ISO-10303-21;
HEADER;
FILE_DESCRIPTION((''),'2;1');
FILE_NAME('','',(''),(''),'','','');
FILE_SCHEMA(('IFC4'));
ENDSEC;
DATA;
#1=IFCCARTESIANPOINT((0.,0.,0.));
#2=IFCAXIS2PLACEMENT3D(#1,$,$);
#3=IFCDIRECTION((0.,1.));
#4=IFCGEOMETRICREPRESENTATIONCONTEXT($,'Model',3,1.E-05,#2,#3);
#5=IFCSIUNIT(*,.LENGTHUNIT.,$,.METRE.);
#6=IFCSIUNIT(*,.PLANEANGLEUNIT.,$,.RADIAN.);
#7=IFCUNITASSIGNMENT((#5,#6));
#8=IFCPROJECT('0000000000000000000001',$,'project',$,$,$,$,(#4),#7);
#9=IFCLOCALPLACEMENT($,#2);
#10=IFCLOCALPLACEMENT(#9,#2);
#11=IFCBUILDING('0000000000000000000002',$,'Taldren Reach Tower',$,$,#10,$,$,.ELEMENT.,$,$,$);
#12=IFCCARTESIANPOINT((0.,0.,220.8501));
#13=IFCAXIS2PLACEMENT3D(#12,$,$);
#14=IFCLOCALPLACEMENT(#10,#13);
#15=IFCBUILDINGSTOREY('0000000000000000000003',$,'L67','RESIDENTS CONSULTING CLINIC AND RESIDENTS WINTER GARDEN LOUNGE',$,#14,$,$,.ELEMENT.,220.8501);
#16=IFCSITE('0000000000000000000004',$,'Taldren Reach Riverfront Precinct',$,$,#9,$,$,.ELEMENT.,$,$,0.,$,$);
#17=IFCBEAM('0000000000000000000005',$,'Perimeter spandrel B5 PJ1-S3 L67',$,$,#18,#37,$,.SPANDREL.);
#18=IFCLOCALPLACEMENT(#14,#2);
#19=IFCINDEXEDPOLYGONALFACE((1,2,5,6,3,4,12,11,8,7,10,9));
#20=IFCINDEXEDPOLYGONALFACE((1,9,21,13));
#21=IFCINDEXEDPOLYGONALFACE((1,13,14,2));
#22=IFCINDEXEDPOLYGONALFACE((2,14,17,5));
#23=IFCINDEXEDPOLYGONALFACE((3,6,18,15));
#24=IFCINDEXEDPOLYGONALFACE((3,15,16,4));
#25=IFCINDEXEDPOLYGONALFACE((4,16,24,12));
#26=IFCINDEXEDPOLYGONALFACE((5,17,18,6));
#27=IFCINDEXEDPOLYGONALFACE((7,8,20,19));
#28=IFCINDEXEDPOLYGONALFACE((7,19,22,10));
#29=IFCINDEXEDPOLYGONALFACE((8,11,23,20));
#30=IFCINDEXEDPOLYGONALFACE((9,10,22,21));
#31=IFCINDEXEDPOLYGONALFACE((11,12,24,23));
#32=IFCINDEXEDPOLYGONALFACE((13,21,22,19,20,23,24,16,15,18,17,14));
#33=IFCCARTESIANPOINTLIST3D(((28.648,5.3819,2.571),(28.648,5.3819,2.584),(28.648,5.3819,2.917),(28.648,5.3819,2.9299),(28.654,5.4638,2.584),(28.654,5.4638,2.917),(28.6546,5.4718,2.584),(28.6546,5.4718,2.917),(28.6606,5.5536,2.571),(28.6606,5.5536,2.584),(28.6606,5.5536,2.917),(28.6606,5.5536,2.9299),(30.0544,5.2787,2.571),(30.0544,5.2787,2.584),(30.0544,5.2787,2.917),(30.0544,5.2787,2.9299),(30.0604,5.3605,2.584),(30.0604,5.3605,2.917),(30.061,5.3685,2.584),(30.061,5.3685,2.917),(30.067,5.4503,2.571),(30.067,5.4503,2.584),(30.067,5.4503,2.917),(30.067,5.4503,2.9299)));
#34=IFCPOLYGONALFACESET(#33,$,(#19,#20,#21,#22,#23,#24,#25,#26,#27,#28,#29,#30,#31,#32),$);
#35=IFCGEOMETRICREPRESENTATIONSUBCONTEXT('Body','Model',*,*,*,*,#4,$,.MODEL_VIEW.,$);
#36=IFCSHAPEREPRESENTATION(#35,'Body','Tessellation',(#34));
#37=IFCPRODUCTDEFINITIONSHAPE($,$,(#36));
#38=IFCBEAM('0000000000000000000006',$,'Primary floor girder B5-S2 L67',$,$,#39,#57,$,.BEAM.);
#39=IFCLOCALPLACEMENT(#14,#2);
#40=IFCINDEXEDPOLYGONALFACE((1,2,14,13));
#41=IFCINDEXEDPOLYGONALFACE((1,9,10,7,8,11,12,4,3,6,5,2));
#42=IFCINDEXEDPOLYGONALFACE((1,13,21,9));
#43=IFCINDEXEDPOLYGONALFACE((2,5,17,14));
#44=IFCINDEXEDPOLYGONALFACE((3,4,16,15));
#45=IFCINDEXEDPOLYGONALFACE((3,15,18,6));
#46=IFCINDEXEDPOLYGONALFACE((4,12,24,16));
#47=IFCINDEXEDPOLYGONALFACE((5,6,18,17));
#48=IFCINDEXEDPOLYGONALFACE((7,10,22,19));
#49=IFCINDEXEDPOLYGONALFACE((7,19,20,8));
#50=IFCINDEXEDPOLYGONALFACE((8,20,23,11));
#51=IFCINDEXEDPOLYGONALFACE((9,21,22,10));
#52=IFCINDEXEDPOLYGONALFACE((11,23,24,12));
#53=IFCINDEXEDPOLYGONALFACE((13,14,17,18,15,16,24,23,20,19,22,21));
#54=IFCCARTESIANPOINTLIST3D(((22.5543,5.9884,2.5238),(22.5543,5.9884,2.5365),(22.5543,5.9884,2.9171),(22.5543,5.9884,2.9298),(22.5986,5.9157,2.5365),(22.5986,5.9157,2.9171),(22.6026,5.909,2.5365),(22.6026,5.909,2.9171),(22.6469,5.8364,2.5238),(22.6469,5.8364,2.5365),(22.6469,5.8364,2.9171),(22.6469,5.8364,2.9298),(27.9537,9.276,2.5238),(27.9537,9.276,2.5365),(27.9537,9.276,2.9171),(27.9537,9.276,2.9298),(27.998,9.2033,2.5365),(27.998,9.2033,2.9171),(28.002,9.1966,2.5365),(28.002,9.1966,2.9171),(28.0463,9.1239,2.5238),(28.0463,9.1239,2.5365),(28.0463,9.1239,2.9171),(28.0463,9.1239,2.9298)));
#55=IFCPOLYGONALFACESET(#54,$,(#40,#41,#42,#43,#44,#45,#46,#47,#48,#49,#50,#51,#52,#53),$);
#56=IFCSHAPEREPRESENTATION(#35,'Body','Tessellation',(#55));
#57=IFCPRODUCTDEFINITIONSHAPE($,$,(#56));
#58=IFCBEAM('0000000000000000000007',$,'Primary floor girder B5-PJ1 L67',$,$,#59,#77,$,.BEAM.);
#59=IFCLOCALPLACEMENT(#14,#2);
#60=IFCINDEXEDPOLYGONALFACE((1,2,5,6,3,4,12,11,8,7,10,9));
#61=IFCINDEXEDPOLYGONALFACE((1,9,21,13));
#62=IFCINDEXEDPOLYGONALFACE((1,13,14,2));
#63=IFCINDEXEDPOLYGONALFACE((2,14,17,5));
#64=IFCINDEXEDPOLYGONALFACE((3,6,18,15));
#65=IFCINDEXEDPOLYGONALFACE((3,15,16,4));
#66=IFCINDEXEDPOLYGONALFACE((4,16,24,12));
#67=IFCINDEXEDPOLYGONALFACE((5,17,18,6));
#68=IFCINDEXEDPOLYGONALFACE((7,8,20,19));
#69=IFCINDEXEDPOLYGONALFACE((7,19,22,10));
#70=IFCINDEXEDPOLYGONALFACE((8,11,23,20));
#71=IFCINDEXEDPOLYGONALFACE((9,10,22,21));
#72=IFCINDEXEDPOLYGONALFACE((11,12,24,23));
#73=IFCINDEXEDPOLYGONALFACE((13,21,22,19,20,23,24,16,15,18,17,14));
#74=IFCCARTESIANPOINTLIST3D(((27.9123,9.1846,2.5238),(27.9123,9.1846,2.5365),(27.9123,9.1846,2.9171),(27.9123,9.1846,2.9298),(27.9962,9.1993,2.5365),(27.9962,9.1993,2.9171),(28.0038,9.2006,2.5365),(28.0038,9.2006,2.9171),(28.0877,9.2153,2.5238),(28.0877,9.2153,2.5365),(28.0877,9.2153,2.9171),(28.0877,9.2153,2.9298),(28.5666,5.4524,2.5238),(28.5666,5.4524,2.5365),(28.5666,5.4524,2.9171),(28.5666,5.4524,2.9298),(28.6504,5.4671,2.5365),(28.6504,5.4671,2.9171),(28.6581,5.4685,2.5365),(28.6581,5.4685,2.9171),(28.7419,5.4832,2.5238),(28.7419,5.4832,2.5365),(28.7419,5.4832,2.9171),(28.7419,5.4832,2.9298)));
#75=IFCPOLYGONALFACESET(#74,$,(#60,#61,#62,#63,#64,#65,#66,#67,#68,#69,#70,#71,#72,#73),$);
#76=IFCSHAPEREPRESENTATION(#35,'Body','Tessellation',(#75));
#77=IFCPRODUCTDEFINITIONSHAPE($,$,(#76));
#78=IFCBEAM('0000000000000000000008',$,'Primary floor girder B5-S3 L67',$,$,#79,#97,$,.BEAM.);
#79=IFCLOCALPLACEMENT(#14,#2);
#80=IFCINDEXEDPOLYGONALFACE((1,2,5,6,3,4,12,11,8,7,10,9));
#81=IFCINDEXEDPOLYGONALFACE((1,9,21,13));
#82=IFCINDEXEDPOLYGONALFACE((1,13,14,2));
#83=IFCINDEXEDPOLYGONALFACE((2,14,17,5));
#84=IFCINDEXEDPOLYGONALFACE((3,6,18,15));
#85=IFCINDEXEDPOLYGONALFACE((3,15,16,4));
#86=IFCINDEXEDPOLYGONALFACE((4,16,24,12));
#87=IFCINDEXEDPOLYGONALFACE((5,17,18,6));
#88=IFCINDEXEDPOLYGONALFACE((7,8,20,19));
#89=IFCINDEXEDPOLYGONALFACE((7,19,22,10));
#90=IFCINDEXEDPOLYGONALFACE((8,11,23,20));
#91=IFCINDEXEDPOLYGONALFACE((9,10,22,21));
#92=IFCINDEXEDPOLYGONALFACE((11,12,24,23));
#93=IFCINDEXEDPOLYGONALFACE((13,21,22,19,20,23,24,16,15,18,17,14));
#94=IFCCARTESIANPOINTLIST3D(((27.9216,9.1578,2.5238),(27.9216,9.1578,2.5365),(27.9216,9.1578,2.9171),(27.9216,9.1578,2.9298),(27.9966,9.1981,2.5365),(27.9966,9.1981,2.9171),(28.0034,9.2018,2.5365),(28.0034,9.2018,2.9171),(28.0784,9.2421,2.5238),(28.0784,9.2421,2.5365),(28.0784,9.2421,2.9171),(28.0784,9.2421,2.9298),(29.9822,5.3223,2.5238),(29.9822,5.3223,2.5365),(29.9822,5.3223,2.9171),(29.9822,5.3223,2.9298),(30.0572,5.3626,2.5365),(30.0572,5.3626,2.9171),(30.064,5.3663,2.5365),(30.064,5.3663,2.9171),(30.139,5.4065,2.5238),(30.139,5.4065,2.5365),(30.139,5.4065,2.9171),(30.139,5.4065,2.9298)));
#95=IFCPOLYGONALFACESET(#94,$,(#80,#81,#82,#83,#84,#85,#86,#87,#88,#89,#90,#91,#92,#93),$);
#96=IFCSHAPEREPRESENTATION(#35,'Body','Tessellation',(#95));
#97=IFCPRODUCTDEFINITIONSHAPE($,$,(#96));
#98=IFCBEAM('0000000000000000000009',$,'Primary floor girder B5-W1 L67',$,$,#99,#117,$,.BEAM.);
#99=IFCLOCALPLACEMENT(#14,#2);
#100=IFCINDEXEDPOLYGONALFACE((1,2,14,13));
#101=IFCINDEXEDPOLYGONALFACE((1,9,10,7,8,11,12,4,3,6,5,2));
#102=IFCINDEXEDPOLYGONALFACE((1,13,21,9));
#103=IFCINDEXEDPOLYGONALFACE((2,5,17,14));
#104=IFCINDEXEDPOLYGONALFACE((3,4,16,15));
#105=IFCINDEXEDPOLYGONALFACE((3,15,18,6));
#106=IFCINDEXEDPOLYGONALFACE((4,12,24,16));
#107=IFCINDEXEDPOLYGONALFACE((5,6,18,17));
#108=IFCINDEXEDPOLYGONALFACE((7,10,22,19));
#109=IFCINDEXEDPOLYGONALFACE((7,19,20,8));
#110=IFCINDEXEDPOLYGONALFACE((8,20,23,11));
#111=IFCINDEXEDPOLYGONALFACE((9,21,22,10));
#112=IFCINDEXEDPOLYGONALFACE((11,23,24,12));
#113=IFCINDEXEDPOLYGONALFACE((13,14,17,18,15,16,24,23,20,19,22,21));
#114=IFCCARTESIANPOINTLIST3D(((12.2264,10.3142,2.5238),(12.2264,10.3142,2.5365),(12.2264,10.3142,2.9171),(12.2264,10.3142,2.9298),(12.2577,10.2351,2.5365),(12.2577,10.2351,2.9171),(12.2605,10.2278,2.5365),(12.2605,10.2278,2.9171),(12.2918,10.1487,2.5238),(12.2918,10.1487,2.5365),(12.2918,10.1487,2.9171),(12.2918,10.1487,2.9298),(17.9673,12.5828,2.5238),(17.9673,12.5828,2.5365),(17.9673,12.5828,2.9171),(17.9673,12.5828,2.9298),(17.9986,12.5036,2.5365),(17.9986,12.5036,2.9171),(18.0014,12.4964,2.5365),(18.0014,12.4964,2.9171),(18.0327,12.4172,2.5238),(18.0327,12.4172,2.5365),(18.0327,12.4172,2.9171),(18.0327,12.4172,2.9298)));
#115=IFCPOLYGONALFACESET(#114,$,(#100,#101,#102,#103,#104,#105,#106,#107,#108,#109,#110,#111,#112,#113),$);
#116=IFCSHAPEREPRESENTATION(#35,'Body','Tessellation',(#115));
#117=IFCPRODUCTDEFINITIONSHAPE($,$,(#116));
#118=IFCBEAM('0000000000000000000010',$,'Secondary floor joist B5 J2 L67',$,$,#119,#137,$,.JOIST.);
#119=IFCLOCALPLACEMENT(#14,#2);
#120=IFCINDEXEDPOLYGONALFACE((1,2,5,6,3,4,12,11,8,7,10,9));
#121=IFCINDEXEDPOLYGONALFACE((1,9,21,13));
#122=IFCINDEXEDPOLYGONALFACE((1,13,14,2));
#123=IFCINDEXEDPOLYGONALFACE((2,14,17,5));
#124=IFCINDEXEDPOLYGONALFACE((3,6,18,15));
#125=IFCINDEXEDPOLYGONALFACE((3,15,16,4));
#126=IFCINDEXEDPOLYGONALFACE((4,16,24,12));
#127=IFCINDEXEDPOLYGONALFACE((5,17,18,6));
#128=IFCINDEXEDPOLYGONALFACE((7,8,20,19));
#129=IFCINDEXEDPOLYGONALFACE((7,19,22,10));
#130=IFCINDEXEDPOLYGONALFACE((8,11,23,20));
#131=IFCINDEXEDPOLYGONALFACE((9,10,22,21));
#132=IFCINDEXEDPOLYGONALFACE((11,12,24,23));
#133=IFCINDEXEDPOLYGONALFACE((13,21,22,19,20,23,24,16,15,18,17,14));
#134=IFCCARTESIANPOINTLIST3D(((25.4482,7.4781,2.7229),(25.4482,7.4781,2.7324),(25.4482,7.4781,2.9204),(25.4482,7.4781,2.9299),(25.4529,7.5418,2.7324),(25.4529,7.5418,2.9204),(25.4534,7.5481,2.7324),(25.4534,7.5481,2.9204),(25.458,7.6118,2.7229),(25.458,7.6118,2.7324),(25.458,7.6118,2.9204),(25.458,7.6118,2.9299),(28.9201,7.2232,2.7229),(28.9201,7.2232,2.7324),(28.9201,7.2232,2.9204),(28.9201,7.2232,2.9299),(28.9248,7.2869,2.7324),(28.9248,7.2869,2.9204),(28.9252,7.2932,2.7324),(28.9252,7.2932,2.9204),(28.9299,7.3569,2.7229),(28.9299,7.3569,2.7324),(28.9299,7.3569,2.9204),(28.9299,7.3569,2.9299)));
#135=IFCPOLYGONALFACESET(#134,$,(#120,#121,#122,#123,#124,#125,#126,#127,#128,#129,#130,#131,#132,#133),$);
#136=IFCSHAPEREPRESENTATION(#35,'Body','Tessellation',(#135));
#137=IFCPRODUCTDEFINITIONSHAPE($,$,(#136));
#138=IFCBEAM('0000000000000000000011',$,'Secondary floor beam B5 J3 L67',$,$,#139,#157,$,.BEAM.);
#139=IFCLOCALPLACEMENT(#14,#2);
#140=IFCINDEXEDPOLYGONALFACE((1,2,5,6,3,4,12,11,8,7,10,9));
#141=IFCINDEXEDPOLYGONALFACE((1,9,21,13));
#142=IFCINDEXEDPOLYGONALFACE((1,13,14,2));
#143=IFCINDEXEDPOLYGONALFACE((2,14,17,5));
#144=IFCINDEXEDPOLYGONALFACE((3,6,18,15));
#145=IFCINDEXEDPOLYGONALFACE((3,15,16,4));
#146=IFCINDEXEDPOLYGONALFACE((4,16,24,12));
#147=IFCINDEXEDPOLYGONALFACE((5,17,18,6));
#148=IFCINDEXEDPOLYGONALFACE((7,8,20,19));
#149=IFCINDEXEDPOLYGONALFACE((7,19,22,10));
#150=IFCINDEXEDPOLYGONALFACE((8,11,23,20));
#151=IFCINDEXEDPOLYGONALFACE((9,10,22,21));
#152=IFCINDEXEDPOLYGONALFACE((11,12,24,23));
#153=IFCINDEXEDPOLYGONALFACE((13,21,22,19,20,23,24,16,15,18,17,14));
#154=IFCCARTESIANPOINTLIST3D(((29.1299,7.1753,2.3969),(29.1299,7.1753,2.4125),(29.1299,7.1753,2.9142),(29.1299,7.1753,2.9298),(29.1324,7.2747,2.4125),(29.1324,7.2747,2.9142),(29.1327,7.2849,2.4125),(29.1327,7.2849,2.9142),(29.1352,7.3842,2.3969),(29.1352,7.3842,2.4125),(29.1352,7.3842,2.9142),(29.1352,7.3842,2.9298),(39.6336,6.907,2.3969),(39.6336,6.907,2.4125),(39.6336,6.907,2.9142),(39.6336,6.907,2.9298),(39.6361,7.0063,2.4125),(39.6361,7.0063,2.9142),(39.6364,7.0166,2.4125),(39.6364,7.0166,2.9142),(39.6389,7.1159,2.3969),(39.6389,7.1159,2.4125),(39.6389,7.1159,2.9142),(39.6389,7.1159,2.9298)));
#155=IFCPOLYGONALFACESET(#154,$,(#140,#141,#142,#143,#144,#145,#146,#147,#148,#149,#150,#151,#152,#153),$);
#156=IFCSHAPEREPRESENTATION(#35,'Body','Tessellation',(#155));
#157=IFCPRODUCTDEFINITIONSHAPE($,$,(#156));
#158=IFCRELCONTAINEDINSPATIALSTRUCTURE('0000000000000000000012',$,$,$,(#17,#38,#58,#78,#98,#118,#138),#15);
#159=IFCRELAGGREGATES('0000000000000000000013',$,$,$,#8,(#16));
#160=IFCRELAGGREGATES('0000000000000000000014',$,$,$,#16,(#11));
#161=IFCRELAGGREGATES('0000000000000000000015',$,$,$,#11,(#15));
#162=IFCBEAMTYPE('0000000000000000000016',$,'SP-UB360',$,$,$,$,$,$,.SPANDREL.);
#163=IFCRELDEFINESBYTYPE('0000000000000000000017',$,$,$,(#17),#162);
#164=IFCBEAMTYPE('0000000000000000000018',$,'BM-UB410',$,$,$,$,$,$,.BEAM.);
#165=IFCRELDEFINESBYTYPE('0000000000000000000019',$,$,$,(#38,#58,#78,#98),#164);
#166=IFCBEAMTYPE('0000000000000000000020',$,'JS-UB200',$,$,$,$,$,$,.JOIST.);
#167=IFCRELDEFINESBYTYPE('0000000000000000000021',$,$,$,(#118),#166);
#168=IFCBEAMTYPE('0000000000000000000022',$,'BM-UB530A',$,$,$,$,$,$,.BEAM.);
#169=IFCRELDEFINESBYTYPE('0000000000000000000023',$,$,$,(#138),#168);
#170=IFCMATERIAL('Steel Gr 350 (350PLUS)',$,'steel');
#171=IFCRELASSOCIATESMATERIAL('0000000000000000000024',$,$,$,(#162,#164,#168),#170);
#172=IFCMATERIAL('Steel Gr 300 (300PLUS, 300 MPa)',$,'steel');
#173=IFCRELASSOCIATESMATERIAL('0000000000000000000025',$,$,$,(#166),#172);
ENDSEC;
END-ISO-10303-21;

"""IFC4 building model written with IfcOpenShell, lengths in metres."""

from ifc_helpers import new_model, si_unit, direction, frame, origin, origin_2d, place, context, subcontext, project, spatial, i_section, extrude, source, transform, mapped, material, material_profile, profile_set, type_object, element, save


model = new_model("IFC4")

# Units and contexts
model_context = context("Model", 3, precision=1e-05, world=origin(), true_north=direction((0.0, 1.0)))
body_context = subcontext(model_context, "Body", "Model", "MODEL_VIEW")
ifc_project = project(units=[si_unit("LENGTHUNIT", "METRE"), si_unit("PLANEANGLEUNIT", "RADIAN")], contexts=[model_context])

# Site, building, storey
site_placement = place(None, origin())
site = spatial("IfcSite", under=ifc_project, at=site_placement, Name="Taldren Reach Riverfront Precinct", CompositionType="ELEMENT", RefElevation=0.0)
building_placement = place(site_placement, origin())
building = spatial("IfcBuilding", under=site, at=building_placement, Name="Taldren Reach Tower", CompositionType="ELEMENT")
storey_placement = place(building_placement, frame((0.0, 0.0, 220.8501)))
storey = spatial("IfcBuildingStorey", under=building, at=storey_placement, Name="L67", Description="RESIDENTS CONSULTING CLINIC AND RESIDENTS WINTER GARDEN LOUNGE", CompositionType="ELEMENT", Elevation=220.8501)

# Shared definitions
ifc_material_1 = material(Name="Steel Gr 350 (350PLUS)", Category="steel")

# Beams
ifc_material_profile_1 = material_profile(ifc_material_1, i_section(OverallWidth=0.1721, OverallDepth=0.3589, WebThickness=0.0081, FlangeThickness=0.0129, at=origin_2d()), Name="360UB56.7")
ifc_profile_set_1 = profile_set([ifc_material_profile_1], Name="Steel Gr 350 (350PLUS)")
beam_type_1 = type_object("IfcBeamType", Name="SP-UB360", PredefinedType="SPANDREL", material=ifc_profile_set_1)
shared_shape_1 = source(origin(), body_context, "Body", "SweptSolid", [
    extrude(i_section(OverallWidth=0.1721, OverallDepth=0.3589, WebThickness=0.0081, FlangeThickness=0.0129, at=origin_2d()), origin(), (0.0, 0.0, 1.0), 1.4102),
])
beam_1_placement = place(storey_placement, frame((28.6543, 5.4678, 2.7505), z_axis=(0.997314, -0.07324, 0.0), x_axis=(0.07324, 0.997314, 0.0)))
element("IfcBeam", 1, at=beam_1_placement, inside=storey, type_object=beam_type_1, Name="Perimeter spandrel B5 PJ1-S3 L67", PredefinedType="SPANDREL", context=body_context, shape_type="MappedRepresentation", body=[
    mapped(shared_shape_1, transform((0.0, 0.0, 0.0), scale=1.0)),
])
ifc_material_profile_2 = material_profile(ifc_material_1, i_section(OverallWidth=0.178, OverallDepth=0.406, WebThickness=0.0078, FlangeThickness=0.0127, at=origin_2d()), Name="410UB59.7")
ifc_profile_set_2 = profile_set([ifc_material_profile_2], Name="Steel Gr 350 (350PLUS)")
beam_type_2 = type_object("IfcBeamType", Name="BM-UB410", PredefinedType="BEAM", material=ifc_profile_set_2)
shared_shape_2 = source(origin(), body_context, "Body", "SweptSolid", [
    extrude(i_section(OverallWidth=0.178, OverallDepth=0.406, WebThickness=0.0078, FlangeThickness=0.0127, at=origin_2d()), origin(), (0.0, 0.0, 1.0), 6.3215),
])
beam_2_placement = place(storey_placement, frame((28.0, 9.2, 2.7268), z_axis=(-0.854128, -0.520062, 0.0), x_axis=(0.520062, -0.854128, 0.0)))
element("IfcBeam", 2, at=beam_2_placement, inside=storey, type_object=beam_type_2, Name="Primary floor girder B5-S2 L67", PredefinedType="BEAM", context=body_context, shape_type="MappedRepresentation", body=[
    mapped(shared_shape_2, transform((0.0, 0.0, 0.0), scale=1.0)),
])
shared_shape_3 = source(origin(), body_context, "Body", "SweptSolid", [
    extrude(i_section(OverallWidth=0.178, OverallDepth=0.406, WebThickness=0.0078, FlangeThickness=0.0127, at=origin_2d()), origin(), (0.0, 0.0, 1.0), 3.7891),
])
beam_3_placement = place(storey_placement, frame((28.0, 9.2, 2.7268), z_axis=(0.172679, -0.984978, 0.0), x_axis=(0.984978, 0.172679, 0.0)))
element("IfcBeam", 3, at=beam_3_placement, inside=storey, type_object=beam_type_2, Name="Primary floor girder B5-PJ1 L67", PredefinedType="BEAM", context=body_context, shape_type="MappedRepresentation", body=[
    mapped(shared_shape_3, transform((0.0, 0.0, 0.0), scale=1.0)),
])
shared_shape_4 = source(origin(), body_context, "Body", "SweptSolid", [
    extrude(i_section(OverallWidth=0.178, OverallDepth=0.406, WebThickness=0.0078, FlangeThickness=0.0127, at=origin_2d()), origin(), (0.0, 0.0, 1.0), 4.354),
])
beam_4_placement = place(storey_placement, frame((28.0, 9.2, 2.7268), z_axis=(0.473264, -0.880921, 0.0), x_axis=(0.880921, 0.473264, 0.0)))
element("IfcBeam", 4, at=beam_4_placement, inside=storey, type_object=beam_type_2, Name="Primary floor girder B5-S3 L67", PredefinedType="BEAM", context=body_context, shape_type="MappedRepresentation", body=[
    mapped(shared_shape_4, transform((0.0, 0.0, 0.0), scale=1.0)),
])
shared_shape_5 = source(origin(), body_context, "Body", "SweptSolid", [
    extrude(i_section(OverallWidth=0.178, OverallDepth=0.406, WebThickness=0.0078, FlangeThickness=0.0127, at=origin_2d()), origin(), (0.0, 0.0, 1.0), 6.1729),
])
beam_5_placement = place(storey_placement, frame((18.0, 12.5, 2.7268), z_axis=(-0.930023, -0.367501, 0.0), x_axis=(0.367501, -0.930023, 0.0)))
element("IfcBeam", 5, at=beam_5_placement, inside=storey, type_object=beam_type_2, Name="Primary floor girder B5-W1 L67", PredefinedType="BEAM", context=body_context, shape_type="MappedRepresentation", body=[
    mapped(shared_shape_5, transform((0.0, 0.0, 0.0), scale=1.0)),
])
ifc_material_2 = material(Name="Steel Gr 300 (300PLUS, 300 MPa)", Category="steel")
ifc_material_profile_3 = material_profile(ifc_material_2, i_section(OverallWidth=0.134, OverallDepth=0.207, WebThickness=0.0063, FlangeThickness=0.0095, at=origin_2d()), Name="200UB29.8")
ifc_profile_set_3 = profile_set([ifc_material_profile_3], Name="Steel Gr 300 (300PLUS, 300 MPa)")
beam_type_3 = type_object("IfcBeamType", Name="JS-UB200", PredefinedType="JOIST", material=ifc_profile_set_3)
shared_shape_6 = source(origin(), body_context, "Body", "SweptSolid", [
    extrude(i_section(OverallWidth=0.134, OverallDepth=0.207, WebThickness=0.0063, FlangeThickness=0.0095, at=origin_2d()), origin(), (0.0, 0.0, 1.0), 3.4812),
])
beam_6_placement = place(storey_placement, frame((25.4531, 7.5449, 2.8264), z_axis=(0.997316, -0.073216, 0.0), x_axis=(0.073216, 0.997316, 0.0)))
element("IfcBeam", 6, at=beam_6_placement, inside=storey, type_object=beam_type_3, Name="Secondary floor joist B5 J2 L67", PredefinedType="JOIST", context=body_context, shape_type="MappedRepresentation", body=[
    mapped(shared_shape_6, transform((0.0, 0.0, 0.0), scale=1.0)),
])
ifc_material_profile_4 = material_profile(ifc_material_1, i_section(OverallWidth=0.209, OverallDepth=0.533, WebThickness=0.0103, FlangeThickness=0.0156, at=origin_2d()), Name="530UB92.4")
ifc_profile_set_4 = profile_set([ifc_material_profile_4], Name="Steel Gr 350 (350PLUS)")
beam_type_4 = type_object("IfcBeamType", Name="BM-UB530A", PredefinedType="BEAM", material=ifc_profile_set_4)
shared_shape_7 = source(origin(), body_context, "Body", "SweptSolid", [
    extrude(i_section(OverallWidth=0.209, OverallDepth=0.533, WebThickness=0.0103, FlangeThickness=0.0156, at=origin_2d()), origin(), (0.0, 0.0, 1.0), 10.5071),
])
beam_7_placement = place(storey_placement, frame((29.1326, 7.2798, 2.6633), z_axis=(0.999674, -0.025536, 0.0), x_axis=(0.025536, 0.999674, 0.0)))
element("IfcBeam", 7, at=beam_7_placement, inside=storey, type_object=beam_type_4, Name="Secondary floor beam B5 J3 L67", PredefinedType="BEAM", context=body_context, shape_type="MappedRepresentation", body=[
    mapped(shared_shape_7, transform((0.0, 0.0, 0.0), scale=1.0)),
])

save(model, "model.ifc")
